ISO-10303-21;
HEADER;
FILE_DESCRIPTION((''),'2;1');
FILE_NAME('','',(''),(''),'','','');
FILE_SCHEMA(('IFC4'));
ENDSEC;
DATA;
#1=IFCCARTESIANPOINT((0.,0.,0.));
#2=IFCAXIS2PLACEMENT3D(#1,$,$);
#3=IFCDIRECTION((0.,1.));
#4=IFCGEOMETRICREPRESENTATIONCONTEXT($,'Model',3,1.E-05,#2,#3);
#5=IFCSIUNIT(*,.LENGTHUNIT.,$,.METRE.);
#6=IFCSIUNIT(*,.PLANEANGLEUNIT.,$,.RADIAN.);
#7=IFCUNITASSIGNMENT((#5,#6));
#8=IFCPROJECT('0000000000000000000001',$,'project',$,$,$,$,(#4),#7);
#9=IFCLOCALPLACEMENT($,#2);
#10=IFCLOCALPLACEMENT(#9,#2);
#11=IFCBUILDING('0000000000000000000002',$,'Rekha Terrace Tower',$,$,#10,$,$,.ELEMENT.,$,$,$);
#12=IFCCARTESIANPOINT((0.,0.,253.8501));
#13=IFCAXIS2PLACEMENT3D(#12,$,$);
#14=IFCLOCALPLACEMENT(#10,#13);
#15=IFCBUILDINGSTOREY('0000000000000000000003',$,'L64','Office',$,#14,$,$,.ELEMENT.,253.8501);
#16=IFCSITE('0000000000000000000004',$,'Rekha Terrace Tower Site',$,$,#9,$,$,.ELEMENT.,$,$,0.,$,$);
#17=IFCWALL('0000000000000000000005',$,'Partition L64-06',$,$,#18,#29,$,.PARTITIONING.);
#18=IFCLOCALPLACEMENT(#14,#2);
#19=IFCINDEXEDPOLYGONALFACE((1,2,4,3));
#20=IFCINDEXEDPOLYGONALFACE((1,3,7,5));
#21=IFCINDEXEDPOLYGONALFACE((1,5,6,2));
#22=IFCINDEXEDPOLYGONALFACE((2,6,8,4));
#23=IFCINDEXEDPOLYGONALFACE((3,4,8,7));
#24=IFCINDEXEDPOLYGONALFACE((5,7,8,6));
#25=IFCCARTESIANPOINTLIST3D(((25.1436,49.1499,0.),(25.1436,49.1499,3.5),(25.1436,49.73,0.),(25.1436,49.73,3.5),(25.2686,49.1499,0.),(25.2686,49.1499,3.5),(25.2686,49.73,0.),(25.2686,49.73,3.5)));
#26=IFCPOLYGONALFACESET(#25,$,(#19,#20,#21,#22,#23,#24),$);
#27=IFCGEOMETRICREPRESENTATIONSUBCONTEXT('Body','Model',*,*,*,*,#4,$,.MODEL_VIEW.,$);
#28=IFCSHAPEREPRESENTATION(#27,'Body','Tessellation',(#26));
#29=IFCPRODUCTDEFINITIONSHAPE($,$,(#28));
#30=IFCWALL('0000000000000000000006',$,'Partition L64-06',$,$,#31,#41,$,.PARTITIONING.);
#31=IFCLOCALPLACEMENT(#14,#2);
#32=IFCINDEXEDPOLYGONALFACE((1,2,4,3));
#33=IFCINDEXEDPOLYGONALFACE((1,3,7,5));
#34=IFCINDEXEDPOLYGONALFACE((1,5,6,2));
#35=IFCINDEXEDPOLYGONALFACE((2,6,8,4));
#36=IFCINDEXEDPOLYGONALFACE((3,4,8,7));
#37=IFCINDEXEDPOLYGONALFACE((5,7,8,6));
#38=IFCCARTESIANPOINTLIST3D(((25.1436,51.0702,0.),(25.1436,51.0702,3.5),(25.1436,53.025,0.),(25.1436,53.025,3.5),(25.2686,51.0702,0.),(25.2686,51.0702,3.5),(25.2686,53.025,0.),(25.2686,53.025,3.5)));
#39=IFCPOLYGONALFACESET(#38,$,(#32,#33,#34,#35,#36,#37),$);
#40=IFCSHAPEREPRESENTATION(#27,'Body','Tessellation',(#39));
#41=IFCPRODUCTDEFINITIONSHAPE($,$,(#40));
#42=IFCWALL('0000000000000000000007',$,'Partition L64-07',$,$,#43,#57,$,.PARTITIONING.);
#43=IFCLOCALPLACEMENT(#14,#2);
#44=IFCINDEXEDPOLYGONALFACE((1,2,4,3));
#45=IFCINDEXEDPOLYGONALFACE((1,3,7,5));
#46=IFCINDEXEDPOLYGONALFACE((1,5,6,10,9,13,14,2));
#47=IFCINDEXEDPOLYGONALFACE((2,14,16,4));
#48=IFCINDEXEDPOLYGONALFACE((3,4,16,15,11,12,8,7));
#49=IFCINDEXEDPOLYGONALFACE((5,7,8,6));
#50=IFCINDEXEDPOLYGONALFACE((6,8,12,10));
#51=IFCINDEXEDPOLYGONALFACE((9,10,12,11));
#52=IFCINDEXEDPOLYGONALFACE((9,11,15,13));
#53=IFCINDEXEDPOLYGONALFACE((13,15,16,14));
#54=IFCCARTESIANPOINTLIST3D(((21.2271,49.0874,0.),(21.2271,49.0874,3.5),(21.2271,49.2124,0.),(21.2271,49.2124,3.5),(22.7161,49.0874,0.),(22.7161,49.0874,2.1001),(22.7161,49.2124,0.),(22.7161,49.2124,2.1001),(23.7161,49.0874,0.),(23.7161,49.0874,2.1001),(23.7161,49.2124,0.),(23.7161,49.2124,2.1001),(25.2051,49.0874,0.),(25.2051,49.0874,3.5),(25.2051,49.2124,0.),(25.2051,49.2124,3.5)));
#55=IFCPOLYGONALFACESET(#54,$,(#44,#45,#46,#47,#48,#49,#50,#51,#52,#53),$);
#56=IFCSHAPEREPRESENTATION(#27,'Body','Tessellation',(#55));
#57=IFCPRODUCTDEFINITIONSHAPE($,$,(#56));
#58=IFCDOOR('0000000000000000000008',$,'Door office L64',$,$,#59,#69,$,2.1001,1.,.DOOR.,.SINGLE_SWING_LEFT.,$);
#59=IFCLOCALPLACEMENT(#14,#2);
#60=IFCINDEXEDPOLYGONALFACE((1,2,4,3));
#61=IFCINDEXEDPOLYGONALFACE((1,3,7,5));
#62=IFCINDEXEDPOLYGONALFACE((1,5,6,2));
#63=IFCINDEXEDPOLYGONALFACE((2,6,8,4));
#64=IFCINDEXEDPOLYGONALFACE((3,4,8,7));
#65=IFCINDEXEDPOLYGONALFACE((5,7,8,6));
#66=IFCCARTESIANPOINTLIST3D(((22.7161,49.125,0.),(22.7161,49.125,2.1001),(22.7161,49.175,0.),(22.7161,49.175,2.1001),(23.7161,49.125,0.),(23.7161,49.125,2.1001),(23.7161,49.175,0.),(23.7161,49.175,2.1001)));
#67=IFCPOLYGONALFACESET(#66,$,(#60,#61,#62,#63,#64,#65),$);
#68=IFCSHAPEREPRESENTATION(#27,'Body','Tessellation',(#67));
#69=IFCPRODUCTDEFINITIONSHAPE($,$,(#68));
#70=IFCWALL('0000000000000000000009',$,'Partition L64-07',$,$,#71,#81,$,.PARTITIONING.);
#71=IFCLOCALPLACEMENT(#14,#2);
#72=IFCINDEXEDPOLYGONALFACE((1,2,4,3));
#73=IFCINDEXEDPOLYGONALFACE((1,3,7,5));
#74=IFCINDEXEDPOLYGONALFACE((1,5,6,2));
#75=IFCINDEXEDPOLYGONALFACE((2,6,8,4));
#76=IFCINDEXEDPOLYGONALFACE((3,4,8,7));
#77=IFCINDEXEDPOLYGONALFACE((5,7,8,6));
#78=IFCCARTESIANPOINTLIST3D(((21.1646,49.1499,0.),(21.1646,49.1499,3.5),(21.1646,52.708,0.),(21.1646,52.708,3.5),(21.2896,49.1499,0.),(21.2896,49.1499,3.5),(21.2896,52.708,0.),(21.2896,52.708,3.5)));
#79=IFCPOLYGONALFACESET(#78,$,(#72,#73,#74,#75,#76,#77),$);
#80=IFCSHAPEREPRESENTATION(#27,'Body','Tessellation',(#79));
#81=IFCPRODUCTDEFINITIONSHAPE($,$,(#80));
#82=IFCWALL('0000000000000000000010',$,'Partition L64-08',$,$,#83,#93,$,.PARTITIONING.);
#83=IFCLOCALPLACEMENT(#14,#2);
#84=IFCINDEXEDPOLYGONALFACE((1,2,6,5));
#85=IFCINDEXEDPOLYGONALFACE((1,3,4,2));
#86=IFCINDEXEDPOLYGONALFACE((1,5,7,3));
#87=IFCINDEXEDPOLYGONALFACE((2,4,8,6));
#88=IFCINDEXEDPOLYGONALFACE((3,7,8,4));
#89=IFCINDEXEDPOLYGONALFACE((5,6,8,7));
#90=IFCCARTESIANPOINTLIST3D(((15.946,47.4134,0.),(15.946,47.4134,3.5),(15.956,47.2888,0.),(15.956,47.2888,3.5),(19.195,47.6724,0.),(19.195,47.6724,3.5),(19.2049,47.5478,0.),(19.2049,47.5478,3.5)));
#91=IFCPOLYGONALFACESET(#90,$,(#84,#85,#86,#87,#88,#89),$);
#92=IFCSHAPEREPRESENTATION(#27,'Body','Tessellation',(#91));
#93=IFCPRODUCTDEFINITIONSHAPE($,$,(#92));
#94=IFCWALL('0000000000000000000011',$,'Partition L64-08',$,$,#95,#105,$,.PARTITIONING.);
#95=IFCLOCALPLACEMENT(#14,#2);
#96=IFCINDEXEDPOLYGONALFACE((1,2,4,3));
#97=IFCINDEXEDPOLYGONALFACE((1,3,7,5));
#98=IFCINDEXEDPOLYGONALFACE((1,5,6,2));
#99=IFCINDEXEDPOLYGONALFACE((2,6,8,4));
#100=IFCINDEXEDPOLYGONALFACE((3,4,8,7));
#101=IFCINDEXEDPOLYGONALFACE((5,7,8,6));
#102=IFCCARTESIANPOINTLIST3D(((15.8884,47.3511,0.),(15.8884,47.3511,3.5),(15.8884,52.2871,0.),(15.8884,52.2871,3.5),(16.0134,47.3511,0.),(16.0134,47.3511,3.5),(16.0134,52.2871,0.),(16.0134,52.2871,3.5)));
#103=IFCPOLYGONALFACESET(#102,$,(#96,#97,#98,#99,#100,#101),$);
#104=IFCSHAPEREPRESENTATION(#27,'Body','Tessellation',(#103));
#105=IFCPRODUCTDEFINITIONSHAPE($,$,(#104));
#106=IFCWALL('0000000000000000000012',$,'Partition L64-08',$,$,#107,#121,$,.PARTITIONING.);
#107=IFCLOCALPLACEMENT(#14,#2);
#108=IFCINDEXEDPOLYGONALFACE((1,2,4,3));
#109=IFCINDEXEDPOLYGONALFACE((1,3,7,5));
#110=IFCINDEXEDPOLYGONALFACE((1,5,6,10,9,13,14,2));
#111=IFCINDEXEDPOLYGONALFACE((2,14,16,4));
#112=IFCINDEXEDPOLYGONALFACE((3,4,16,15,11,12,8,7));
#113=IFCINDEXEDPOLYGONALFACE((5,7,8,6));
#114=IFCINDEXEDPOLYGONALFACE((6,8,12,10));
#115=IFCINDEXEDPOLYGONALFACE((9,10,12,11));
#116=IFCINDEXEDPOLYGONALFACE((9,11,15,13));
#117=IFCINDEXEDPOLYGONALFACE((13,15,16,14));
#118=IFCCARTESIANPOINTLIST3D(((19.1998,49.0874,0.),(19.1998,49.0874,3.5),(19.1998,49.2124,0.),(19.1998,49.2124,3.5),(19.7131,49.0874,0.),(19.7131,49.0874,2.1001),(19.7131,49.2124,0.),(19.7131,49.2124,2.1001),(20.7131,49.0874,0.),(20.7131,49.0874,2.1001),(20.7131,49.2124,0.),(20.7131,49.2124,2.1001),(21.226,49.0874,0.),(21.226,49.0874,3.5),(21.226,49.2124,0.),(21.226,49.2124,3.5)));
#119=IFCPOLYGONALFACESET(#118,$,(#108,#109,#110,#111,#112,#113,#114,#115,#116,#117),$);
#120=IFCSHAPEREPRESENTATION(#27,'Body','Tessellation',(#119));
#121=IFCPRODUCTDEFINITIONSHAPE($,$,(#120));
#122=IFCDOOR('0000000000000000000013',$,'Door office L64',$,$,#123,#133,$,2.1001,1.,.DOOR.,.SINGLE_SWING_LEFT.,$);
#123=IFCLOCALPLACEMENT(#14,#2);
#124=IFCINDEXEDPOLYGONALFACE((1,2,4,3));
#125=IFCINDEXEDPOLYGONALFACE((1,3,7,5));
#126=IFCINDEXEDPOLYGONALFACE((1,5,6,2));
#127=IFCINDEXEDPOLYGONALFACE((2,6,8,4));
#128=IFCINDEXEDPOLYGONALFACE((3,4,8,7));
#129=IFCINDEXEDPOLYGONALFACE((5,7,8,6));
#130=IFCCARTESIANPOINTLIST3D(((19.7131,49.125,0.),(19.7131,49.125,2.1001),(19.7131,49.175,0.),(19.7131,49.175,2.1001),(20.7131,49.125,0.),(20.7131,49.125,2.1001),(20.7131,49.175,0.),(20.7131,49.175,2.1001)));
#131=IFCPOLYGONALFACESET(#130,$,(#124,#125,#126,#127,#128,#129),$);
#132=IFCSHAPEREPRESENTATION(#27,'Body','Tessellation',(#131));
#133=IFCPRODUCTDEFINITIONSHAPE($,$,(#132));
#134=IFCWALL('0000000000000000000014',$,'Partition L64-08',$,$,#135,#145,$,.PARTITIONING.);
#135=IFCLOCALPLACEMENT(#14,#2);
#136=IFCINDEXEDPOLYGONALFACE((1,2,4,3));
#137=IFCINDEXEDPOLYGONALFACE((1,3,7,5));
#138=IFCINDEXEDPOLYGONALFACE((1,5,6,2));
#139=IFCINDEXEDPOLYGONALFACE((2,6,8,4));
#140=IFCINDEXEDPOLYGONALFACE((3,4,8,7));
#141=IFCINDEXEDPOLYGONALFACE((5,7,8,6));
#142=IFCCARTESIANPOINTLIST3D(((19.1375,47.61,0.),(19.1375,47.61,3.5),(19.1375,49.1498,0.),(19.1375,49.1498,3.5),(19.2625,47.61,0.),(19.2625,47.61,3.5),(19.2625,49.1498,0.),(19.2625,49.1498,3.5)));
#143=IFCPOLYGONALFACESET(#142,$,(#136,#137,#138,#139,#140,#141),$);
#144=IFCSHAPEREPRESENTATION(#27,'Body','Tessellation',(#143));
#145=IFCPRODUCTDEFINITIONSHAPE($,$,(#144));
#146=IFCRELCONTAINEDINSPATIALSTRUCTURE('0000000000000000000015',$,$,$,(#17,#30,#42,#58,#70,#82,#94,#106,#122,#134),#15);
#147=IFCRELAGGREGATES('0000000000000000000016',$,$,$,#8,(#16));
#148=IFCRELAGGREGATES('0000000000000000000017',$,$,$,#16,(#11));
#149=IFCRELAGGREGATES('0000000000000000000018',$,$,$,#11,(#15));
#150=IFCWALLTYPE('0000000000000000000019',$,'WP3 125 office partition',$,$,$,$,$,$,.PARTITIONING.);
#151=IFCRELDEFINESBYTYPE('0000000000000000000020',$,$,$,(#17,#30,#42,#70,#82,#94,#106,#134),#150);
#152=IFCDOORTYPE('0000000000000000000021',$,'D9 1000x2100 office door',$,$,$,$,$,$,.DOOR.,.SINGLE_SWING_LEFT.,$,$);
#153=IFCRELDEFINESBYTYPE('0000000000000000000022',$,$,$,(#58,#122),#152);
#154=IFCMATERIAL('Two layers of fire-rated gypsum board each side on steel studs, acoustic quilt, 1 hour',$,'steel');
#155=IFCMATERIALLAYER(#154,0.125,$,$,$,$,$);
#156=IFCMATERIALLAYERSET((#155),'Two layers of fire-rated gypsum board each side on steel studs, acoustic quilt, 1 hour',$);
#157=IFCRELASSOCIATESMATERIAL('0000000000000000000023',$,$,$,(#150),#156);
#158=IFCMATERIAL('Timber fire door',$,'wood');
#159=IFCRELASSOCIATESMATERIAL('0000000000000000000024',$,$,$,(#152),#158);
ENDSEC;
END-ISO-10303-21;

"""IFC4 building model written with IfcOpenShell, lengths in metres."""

from ifc_helpers import new_model, si_unit, direction, frame, frame_2d, origin, place, context, subcontext, project, spatial, rectangle, extrude, material, layer, layer_set, type_object, element, fill, save


model = new_model("IFC4")

# Units and contexts
model_context = context("Model", 3, precision=1e-05, world=origin(), true_north=direction((0.0, 1.0)))
body_context = subcontext(model_context, "Body", "Model", "MODEL_VIEW")
ifc_project = project(units=[si_unit("LENGTHUNIT", "METRE"), si_unit("PLANEANGLEUNIT", "RADIAN")], contexts=[model_context])

# Site, building, storey
site_placement = place(None, origin())
site = spatial("IfcSite", under=ifc_project, at=site_placement, Name="Rekha Terrace Tower Site", CompositionType="ELEMENT", RefElevation=0.0)
building_placement = place(site_placement, origin())
building = spatial("IfcBuilding", under=site, at=building_placement, Name="Rekha Terrace Tower", CompositionType="ELEMENT")
storey_placement = place(building_placement, frame((0.0, 0.0, 253.8501)))
storey = spatial("IfcBuildingStorey", under=building, at=storey_placement, Name="L64", Description="Office", CompositionType="ELEMENT", Elevation=253.8501)

# Walls
ifc_material_1 = material(Name="Two layers of fire-rated gypsum board each side on steel studs, acoustic quilt, 1 hour", Category="steel")
ifc_layer_1 = layer(ifc_material_1, 0.125)
ifc_layer_set_1 = layer_set([ifc_layer_1], Name="Two layers of fire-rated gypsum board each side on steel studs, acoustic quilt, 1 hour")
wall_type_1 = type_object("IfcWallType", Name="WP3 125 office partition", PredefinedType="PARTITIONING", material=ifc_layer_set_1)
wall_1_placement = place(storey_placement, frame((25.2061, 49.1499, 0.0), z_axis=(0.0, 0.0, 1.0), x_axis=(0.0, 1.0, 0.0)))
element("IfcWall", 1, at=wall_1_placement, inside=storey, type_object=wall_type_1, Name="Partition L64-06", PredefinedType="PARTITIONING", context=body_context, shape_type="SweptSolid", body=[
    extrude(rectangle(XDim=0.5801, YDim=0.125, at=frame_2d((0.29, 0.0))), origin(), (0.0, 0.0, 1.0), 3.5),
])
wall_2_placement = place(storey_placement, frame((25.2061, 51.0701, 0.0), z_axis=(0.0, 0.0, 1.0), x_axis=(0.0, 1.0, 0.0)))
element("IfcWall", 2, at=wall_2_placement, inside=storey, type_object=wall_type_1, Name="Partition L64-06", PredefinedType="PARTITIONING", context=body_context, shape_type="SweptSolid", body=[
    extrude(rectangle(XDim=1.9548, YDim=0.125, at=frame_2d((0.9775, 0.0))), origin(), (0.0, 0.0, 1.0), 3.5),
])

# Wall, opening, door
wall_3_placement = place(storey_placement, frame((25.2051, 49.1499, 0.0), z_axis=(0.0, 0.0, 1.0), x_axis=(-1.0, 0.0, 0.0)))
wall_3 = element("IfcWall", 3, at=wall_3_placement, inside=storey, type_object=wall_type_1, Name="Partition L64-07", PredefinedType="PARTITIONING", context=body_context, shape_type="SweptSolid", body=[
    extrude(rectangle(XDim=3.978, YDim=0.125, at=frame_2d((1.989, 0.0))), origin(), (0.0, 0.0, 1.0), 3.5),
])
opening_1_placement = place(wall_3_placement, frame((1.489, 0.0, 0.0)))
opening_1 = element("IfcOpeningElement", 4, at=opening_1_placement, cuts=wall_3, PredefinedType="OPENING", context=body_context, shape_type="SweptSolid", body=[
    extrude(rectangle(XDim=1.0, YDim=2.1001, at=frame_2d((0.5, 1.05))), frame((0.0, 0.0725, 0.0), z_axis=(0.0, -1.0, 0.0), x_axis=(1.0, 0.0, 0.0)), (0.0, 0.0, 1.0), 0.145),
])
ifc_material_2 = material(Name="Timber fire door", Category="wood")
door_type = type_object("IfcDoorType", Name="D9 1000x2100 office door", OperationType="SINGLE_SWING_LEFT", PredefinedType="DOOR", material=ifc_material_2)
door_1_placement = place(opening_1_placement, origin())
door_1 = element("IfcDoor", 5, at=door_1_placement, inside=storey, type_object=door_type, Name="Door office L64", OperationType="SINGLE_SWING_LEFT", OverallHeight=2.1001, OverallWidth=1.0, PredefinedType="DOOR", context=body_context, shape_type="SweptSolid", body=[
    extrude(rectangle(XDim=1.0, YDim=2.1001, at=frame_2d((0.5, 1.05))), frame((0.0, 0.0249, 0.0), z_axis=(0.0, -1.0, 0.0), x_axis=(1.0, 0.0, 0.0)), (0.0, 0.0, 1.0), 0.05),
])
fill(opening_1, door_1)

# Walls
wall_4_placement = place(storey_placement, frame((21.2271, 49.1499, 0.0), z_axis=(0.0, 0.0, 1.0), x_axis=(0.0, 1.0, 0.0)))
element("IfcWall", 6, at=wall_4_placement, inside=storey, type_object=wall_type_1, Name="Partition L64-07", PredefinedType="PARTITIONING", context=body_context, shape_type="SweptSolid", body=[
    extrude(rectangle(XDim=3.5581, YDim=0.125, at=frame_2d((1.7791, 0.0))), origin(), (0.0, 0.0, 1.0), 3.5),
])
wall_5_placement = place(storey_placement, frame((19.2, 47.6101, 0.0), z_axis=(0.0, 0.0, 1.0), x_axis=(-0.996837, -0.079474, 0.0)))
element("IfcWall", 7, at=wall_5_placement, inside=storey, type_object=wall_type_1, Name="Partition L64-08", PredefinedType="PARTITIONING", context=body_context, shape_type="SweptSolid", body=[
    extrude(rectangle(XDim=3.2593, YDim=0.125, at=frame_2d((1.6296, 0.0))), origin(), (0.0, 0.0, 1.0), 3.5),
])
wall_6_placement = place(storey_placement, frame((15.9509, 47.3511, 0.0), z_axis=(0.0, 0.0, 1.0), x_axis=(0.0, 1.0, 0.0)))
element("IfcWall", 8, at=wall_6_placement, inside=storey, type_object=wall_type_1, Name="Partition L64-08", PredefinedType="PARTITIONING", context=body_context, shape_type="SweptSolid", body=[
    extrude(rectangle(XDim=4.936, YDim=0.125, at=frame_2d((2.468, 0.0))), origin(), (0.0, 0.0, 1.0), 3.5),
])

# Wall, opening, door
wall_7_placement = place(storey_placement, frame((21.2261, 49.1499, 0.0), z_axis=(0.0, 0.0, 1.0), x_axis=(-1.0, 0.0, 0.0)))
wall_7 = element("IfcWall", 9, at=wall_7_placement, inside=storey, type_object=wall_type_1, Name="Partition L64-08", PredefinedType="PARTITIONING", context=body_context, shape_type="SweptSolid", body=[
    extrude(rectangle(XDim=2.0261, YDim=0.125, at=frame_2d((1.0132, 0.0))), origin(), (0.0, 0.0, 1.0), 3.5),
])
opening_2_placement = place(wall_7_placement, frame((0.5129, 0.0, 0.0)))
opening_2 = element("IfcOpeningElement", 10, at=opening_2_placement, cuts=wall_7, PredefinedType="OPENING", context=body_context, shape_type="SweptSolid", body=[
    extrude(rectangle(XDim=1.0, YDim=2.1001, at=frame_2d((0.5, 1.05))), frame((0.0, 0.0725, 0.0), z_axis=(0.0, -1.0, 0.0), x_axis=(1.0, 0.0, 0.0)), (0.0, 0.0, 1.0), 0.145),
])
door_2_placement = place(opening_2_placement, origin())
door_2 = element("IfcDoor", 11, at=door_2_placement, inside=storey, type_object=door_type, Name="Door office L64", OperationType="SINGLE_SWING_LEFT", OverallHeight=2.1001, OverallWidth=1.0, PredefinedType="DOOR", context=body_context, shape_type="SweptSolid", body=[
    extrude(rectangle(XDim=1.0, YDim=2.1001, at=frame_2d((0.5, 1.05))), frame((0.0, 0.0249, 0.0), z_axis=(0.0, -1.0, 0.0), x_axis=(1.0, 0.0, 0.0)), (0.0, 0.0, 1.0), 0.05),
])
fill(opening_2, door_2)

# Wall
wall_8_placement = place(storey_placement, frame((19.2, 49.1499, 0.0), z_axis=(0.0, 0.0, 1.0), x_axis=(0.0, -1.0, 0.0)))
element("IfcWall", 12, at=wall_8_placement, inside=storey, type_object=wall_type_1, Name="Partition L64-08", PredefinedType="PARTITIONING", context=body_context, shape_type="SweptSolid", body=[
    extrude(rectangle(XDim=1.5398, YDim=0.125, at=frame_2d((0.77, 0.0))), origin(), (0.0, 0.0, 1.0), 3.5),
])

save(model, "model.ifc")
